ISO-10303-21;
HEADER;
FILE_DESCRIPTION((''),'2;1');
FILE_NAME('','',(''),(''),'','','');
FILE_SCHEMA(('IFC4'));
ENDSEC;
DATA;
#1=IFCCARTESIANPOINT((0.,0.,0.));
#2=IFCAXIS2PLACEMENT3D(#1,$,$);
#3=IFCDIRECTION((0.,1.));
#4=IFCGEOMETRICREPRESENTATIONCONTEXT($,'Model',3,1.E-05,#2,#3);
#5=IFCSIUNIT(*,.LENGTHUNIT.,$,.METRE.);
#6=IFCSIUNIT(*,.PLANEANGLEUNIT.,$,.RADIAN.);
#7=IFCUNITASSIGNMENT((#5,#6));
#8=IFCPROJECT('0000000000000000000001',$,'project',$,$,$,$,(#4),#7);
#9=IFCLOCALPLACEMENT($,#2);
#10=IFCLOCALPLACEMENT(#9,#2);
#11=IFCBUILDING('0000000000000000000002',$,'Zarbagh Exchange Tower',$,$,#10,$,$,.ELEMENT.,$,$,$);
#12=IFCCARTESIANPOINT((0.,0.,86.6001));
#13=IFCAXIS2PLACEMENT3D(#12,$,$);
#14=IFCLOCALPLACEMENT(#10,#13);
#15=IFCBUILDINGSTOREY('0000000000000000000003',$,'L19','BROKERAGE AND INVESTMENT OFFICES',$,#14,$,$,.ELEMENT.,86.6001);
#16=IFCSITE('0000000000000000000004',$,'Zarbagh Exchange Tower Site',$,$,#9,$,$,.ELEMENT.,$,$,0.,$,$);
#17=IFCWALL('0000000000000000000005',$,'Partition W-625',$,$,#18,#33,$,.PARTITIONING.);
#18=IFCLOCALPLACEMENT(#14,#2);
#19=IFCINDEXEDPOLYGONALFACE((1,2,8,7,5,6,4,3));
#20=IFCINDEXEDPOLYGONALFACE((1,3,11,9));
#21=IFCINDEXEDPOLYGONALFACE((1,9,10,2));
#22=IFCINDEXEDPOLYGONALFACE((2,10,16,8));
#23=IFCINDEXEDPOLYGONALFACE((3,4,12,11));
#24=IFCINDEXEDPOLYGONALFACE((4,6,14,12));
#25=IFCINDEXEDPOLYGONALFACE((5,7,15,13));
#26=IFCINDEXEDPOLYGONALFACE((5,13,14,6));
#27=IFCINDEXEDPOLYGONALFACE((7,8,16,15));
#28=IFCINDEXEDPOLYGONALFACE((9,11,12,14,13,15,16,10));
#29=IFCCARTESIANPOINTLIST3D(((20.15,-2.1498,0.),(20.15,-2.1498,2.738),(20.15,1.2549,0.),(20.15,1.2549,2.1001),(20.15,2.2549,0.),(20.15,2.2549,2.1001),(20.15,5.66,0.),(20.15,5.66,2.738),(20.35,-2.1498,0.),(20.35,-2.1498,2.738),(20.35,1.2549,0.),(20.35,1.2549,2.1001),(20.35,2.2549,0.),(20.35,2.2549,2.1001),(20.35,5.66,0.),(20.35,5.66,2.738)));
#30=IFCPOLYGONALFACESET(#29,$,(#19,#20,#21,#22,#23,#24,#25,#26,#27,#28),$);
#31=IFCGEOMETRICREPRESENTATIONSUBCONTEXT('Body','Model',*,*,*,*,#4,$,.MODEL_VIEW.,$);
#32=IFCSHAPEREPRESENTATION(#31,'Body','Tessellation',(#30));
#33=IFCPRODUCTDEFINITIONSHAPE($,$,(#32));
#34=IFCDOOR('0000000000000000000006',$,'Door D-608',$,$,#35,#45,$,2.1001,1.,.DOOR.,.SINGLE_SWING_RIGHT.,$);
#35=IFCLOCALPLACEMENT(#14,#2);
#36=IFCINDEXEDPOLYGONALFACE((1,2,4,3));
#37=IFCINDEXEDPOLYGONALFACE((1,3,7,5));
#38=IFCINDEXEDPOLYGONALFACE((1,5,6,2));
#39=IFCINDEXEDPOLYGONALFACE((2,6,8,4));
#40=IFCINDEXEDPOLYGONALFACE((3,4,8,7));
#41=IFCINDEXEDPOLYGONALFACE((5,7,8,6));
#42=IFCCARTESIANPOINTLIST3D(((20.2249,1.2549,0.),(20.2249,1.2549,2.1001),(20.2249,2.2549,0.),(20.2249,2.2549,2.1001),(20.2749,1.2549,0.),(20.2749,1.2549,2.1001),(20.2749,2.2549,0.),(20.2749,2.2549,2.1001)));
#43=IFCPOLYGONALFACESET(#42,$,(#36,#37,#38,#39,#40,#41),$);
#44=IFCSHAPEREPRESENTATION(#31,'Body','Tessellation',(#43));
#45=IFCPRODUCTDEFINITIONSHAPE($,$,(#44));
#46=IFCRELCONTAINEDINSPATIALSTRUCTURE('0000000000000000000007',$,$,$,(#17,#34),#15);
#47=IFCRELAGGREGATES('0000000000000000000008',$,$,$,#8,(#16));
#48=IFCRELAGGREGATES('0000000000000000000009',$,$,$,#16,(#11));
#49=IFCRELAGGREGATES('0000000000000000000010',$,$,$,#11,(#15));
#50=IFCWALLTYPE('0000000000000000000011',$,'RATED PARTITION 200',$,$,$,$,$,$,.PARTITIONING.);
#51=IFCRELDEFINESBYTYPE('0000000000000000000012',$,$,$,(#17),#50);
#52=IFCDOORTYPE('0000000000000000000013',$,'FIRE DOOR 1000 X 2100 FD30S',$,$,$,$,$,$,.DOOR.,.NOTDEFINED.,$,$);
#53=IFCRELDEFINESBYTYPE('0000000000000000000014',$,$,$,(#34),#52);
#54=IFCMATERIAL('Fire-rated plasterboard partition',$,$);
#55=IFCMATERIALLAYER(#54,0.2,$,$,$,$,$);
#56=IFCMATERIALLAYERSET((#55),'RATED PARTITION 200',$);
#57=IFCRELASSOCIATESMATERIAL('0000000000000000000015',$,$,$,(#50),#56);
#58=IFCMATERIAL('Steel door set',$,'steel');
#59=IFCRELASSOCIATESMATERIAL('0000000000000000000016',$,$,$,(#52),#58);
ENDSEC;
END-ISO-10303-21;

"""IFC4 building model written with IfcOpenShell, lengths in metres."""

from ifc_helpers import new_model, si_unit, direction, frame, frame_2d, origin, place, context, subcontext, project, spatial, rectangle, extrude, material, layer, layer_set, type_object, element, fill, save


model = new_model("IFC4")

# Units and contexts
model_context = context("Model", 3, precision=1e-05, world=origin(), true_north=direction((0.0, 1.0)))
body_context = subcontext(model_context, "Body", "Model", "MODEL_VIEW")
ifc_project = project(units=[si_unit("LENGTHUNIT", "METRE"), si_unit("PLANEANGLEUNIT", "RADIAN")], contexts=[model_context])

# Site, building, storey
site_placement = place(None, origin())
site = spatial("IfcSite", under=ifc_project, at=site_placement, Name="Zarbagh Exchange Tower Site", CompositionType="ELEMENT", RefElevation=0.0)
building_placement = place(site_placement, origin())
building = spatial("IfcBuilding", under=site, at=building_placement, Name="Zarbagh Exchange Tower", CompositionType="ELEMENT")
storey_placement = place(building_placement, frame((0.0, 0.0, 86.6001)))
storey = spatial("IfcBuildingStorey", under=building, at=storey_placement, Name="L19", Description="BROKERAGE AND INVESTMENT OFFICES", CompositionType="ELEMENT", Elevation=86.6001)

# Shared definitions
ifc_material_1 = material(Name="Fire-rated plasterboard partition")
ifc_layer = layer(ifc_material_1, 0.2)
ifc_layer_set = layer_set([ifc_layer], Name="RATED PARTITION 200")
wall_type = type_object("IfcWallType", Name="RATED PARTITION 200", PredefinedType="PARTITIONING", material=ifc_layer_set)

# Shared definitions
ifc_material_2 = material(Name="Steel door set", Category="steel")
door_type = type_object("IfcDoorType", Name="FIRE DOOR 1000 X 2100 FD30S", OperationType="NOTDEFINED", PredefinedType="DOOR", material=ifc_material_2)

# Wall, opening, door
wall_1_placement = place(storey_placement, frame((20.25, 5.6599, 0.0), z_axis=(0.0, 0.0, 1.0), x_axis=(0.0, -1.0, 0.0)))
wall_1 = element("IfcWall", 1, at=wall_1_placement, inside=storey, type_object=wall_type, Name="Partition W-625", PredefinedType="PARTITIONING", context=body_context, shape_type="SweptSolid", body=[
    extrude(rectangle(XDim=7.8098, YDim=0.2, at=frame_2d((3.9048, 0.0))), origin(), (0.0, 0.0, 1.0), 2.738),
])
opening_1_placement = place(wall_1_placement, frame((3.405, 0.0, 0.0)))
opening_1 = element("IfcOpeningElement", 2, at=opening_1_placement, cuts=wall_1, PredefinedType="OPENING", context=body_context, shape_type="SweptSolid", body=[
    extrude(rectangle(XDim=1.0, YDim=2.1001, at=frame_2d((0.5, 1.05))), frame((0.0, 0.1099, 0.0), z_axis=(0.0, -1.0, 0.0), x_axis=(1.0, 0.0, 0.0)), (0.0, 0.0, 1.0), 0.22),
])
door_1_placement = place(opening_1_placement, origin())
door_1 = element("IfcDoor", 3, at=door_1_placement, inside=storey, type_object=door_type, Name="Door D-608", OperationType="SINGLE_SWING_RIGHT", OverallHeight=2.1001, OverallWidth=1.0, PredefinedType="DOOR", context=body_context, shape_type="SweptSolid", body=[
    extrude(rectangle(XDim=1.0, YDim=2.1001, at=frame_2d((0.5, 1.05))), frame((0.0, 0.0249, 0.0), z_axis=(0.0, -1.0, 0.0), x_axis=(1.0, 0.0, 0.0)), (0.0, 0.0, 1.0), 0.05),
])
fill(opening_1, door_1)

save(model, "model.ifc")
